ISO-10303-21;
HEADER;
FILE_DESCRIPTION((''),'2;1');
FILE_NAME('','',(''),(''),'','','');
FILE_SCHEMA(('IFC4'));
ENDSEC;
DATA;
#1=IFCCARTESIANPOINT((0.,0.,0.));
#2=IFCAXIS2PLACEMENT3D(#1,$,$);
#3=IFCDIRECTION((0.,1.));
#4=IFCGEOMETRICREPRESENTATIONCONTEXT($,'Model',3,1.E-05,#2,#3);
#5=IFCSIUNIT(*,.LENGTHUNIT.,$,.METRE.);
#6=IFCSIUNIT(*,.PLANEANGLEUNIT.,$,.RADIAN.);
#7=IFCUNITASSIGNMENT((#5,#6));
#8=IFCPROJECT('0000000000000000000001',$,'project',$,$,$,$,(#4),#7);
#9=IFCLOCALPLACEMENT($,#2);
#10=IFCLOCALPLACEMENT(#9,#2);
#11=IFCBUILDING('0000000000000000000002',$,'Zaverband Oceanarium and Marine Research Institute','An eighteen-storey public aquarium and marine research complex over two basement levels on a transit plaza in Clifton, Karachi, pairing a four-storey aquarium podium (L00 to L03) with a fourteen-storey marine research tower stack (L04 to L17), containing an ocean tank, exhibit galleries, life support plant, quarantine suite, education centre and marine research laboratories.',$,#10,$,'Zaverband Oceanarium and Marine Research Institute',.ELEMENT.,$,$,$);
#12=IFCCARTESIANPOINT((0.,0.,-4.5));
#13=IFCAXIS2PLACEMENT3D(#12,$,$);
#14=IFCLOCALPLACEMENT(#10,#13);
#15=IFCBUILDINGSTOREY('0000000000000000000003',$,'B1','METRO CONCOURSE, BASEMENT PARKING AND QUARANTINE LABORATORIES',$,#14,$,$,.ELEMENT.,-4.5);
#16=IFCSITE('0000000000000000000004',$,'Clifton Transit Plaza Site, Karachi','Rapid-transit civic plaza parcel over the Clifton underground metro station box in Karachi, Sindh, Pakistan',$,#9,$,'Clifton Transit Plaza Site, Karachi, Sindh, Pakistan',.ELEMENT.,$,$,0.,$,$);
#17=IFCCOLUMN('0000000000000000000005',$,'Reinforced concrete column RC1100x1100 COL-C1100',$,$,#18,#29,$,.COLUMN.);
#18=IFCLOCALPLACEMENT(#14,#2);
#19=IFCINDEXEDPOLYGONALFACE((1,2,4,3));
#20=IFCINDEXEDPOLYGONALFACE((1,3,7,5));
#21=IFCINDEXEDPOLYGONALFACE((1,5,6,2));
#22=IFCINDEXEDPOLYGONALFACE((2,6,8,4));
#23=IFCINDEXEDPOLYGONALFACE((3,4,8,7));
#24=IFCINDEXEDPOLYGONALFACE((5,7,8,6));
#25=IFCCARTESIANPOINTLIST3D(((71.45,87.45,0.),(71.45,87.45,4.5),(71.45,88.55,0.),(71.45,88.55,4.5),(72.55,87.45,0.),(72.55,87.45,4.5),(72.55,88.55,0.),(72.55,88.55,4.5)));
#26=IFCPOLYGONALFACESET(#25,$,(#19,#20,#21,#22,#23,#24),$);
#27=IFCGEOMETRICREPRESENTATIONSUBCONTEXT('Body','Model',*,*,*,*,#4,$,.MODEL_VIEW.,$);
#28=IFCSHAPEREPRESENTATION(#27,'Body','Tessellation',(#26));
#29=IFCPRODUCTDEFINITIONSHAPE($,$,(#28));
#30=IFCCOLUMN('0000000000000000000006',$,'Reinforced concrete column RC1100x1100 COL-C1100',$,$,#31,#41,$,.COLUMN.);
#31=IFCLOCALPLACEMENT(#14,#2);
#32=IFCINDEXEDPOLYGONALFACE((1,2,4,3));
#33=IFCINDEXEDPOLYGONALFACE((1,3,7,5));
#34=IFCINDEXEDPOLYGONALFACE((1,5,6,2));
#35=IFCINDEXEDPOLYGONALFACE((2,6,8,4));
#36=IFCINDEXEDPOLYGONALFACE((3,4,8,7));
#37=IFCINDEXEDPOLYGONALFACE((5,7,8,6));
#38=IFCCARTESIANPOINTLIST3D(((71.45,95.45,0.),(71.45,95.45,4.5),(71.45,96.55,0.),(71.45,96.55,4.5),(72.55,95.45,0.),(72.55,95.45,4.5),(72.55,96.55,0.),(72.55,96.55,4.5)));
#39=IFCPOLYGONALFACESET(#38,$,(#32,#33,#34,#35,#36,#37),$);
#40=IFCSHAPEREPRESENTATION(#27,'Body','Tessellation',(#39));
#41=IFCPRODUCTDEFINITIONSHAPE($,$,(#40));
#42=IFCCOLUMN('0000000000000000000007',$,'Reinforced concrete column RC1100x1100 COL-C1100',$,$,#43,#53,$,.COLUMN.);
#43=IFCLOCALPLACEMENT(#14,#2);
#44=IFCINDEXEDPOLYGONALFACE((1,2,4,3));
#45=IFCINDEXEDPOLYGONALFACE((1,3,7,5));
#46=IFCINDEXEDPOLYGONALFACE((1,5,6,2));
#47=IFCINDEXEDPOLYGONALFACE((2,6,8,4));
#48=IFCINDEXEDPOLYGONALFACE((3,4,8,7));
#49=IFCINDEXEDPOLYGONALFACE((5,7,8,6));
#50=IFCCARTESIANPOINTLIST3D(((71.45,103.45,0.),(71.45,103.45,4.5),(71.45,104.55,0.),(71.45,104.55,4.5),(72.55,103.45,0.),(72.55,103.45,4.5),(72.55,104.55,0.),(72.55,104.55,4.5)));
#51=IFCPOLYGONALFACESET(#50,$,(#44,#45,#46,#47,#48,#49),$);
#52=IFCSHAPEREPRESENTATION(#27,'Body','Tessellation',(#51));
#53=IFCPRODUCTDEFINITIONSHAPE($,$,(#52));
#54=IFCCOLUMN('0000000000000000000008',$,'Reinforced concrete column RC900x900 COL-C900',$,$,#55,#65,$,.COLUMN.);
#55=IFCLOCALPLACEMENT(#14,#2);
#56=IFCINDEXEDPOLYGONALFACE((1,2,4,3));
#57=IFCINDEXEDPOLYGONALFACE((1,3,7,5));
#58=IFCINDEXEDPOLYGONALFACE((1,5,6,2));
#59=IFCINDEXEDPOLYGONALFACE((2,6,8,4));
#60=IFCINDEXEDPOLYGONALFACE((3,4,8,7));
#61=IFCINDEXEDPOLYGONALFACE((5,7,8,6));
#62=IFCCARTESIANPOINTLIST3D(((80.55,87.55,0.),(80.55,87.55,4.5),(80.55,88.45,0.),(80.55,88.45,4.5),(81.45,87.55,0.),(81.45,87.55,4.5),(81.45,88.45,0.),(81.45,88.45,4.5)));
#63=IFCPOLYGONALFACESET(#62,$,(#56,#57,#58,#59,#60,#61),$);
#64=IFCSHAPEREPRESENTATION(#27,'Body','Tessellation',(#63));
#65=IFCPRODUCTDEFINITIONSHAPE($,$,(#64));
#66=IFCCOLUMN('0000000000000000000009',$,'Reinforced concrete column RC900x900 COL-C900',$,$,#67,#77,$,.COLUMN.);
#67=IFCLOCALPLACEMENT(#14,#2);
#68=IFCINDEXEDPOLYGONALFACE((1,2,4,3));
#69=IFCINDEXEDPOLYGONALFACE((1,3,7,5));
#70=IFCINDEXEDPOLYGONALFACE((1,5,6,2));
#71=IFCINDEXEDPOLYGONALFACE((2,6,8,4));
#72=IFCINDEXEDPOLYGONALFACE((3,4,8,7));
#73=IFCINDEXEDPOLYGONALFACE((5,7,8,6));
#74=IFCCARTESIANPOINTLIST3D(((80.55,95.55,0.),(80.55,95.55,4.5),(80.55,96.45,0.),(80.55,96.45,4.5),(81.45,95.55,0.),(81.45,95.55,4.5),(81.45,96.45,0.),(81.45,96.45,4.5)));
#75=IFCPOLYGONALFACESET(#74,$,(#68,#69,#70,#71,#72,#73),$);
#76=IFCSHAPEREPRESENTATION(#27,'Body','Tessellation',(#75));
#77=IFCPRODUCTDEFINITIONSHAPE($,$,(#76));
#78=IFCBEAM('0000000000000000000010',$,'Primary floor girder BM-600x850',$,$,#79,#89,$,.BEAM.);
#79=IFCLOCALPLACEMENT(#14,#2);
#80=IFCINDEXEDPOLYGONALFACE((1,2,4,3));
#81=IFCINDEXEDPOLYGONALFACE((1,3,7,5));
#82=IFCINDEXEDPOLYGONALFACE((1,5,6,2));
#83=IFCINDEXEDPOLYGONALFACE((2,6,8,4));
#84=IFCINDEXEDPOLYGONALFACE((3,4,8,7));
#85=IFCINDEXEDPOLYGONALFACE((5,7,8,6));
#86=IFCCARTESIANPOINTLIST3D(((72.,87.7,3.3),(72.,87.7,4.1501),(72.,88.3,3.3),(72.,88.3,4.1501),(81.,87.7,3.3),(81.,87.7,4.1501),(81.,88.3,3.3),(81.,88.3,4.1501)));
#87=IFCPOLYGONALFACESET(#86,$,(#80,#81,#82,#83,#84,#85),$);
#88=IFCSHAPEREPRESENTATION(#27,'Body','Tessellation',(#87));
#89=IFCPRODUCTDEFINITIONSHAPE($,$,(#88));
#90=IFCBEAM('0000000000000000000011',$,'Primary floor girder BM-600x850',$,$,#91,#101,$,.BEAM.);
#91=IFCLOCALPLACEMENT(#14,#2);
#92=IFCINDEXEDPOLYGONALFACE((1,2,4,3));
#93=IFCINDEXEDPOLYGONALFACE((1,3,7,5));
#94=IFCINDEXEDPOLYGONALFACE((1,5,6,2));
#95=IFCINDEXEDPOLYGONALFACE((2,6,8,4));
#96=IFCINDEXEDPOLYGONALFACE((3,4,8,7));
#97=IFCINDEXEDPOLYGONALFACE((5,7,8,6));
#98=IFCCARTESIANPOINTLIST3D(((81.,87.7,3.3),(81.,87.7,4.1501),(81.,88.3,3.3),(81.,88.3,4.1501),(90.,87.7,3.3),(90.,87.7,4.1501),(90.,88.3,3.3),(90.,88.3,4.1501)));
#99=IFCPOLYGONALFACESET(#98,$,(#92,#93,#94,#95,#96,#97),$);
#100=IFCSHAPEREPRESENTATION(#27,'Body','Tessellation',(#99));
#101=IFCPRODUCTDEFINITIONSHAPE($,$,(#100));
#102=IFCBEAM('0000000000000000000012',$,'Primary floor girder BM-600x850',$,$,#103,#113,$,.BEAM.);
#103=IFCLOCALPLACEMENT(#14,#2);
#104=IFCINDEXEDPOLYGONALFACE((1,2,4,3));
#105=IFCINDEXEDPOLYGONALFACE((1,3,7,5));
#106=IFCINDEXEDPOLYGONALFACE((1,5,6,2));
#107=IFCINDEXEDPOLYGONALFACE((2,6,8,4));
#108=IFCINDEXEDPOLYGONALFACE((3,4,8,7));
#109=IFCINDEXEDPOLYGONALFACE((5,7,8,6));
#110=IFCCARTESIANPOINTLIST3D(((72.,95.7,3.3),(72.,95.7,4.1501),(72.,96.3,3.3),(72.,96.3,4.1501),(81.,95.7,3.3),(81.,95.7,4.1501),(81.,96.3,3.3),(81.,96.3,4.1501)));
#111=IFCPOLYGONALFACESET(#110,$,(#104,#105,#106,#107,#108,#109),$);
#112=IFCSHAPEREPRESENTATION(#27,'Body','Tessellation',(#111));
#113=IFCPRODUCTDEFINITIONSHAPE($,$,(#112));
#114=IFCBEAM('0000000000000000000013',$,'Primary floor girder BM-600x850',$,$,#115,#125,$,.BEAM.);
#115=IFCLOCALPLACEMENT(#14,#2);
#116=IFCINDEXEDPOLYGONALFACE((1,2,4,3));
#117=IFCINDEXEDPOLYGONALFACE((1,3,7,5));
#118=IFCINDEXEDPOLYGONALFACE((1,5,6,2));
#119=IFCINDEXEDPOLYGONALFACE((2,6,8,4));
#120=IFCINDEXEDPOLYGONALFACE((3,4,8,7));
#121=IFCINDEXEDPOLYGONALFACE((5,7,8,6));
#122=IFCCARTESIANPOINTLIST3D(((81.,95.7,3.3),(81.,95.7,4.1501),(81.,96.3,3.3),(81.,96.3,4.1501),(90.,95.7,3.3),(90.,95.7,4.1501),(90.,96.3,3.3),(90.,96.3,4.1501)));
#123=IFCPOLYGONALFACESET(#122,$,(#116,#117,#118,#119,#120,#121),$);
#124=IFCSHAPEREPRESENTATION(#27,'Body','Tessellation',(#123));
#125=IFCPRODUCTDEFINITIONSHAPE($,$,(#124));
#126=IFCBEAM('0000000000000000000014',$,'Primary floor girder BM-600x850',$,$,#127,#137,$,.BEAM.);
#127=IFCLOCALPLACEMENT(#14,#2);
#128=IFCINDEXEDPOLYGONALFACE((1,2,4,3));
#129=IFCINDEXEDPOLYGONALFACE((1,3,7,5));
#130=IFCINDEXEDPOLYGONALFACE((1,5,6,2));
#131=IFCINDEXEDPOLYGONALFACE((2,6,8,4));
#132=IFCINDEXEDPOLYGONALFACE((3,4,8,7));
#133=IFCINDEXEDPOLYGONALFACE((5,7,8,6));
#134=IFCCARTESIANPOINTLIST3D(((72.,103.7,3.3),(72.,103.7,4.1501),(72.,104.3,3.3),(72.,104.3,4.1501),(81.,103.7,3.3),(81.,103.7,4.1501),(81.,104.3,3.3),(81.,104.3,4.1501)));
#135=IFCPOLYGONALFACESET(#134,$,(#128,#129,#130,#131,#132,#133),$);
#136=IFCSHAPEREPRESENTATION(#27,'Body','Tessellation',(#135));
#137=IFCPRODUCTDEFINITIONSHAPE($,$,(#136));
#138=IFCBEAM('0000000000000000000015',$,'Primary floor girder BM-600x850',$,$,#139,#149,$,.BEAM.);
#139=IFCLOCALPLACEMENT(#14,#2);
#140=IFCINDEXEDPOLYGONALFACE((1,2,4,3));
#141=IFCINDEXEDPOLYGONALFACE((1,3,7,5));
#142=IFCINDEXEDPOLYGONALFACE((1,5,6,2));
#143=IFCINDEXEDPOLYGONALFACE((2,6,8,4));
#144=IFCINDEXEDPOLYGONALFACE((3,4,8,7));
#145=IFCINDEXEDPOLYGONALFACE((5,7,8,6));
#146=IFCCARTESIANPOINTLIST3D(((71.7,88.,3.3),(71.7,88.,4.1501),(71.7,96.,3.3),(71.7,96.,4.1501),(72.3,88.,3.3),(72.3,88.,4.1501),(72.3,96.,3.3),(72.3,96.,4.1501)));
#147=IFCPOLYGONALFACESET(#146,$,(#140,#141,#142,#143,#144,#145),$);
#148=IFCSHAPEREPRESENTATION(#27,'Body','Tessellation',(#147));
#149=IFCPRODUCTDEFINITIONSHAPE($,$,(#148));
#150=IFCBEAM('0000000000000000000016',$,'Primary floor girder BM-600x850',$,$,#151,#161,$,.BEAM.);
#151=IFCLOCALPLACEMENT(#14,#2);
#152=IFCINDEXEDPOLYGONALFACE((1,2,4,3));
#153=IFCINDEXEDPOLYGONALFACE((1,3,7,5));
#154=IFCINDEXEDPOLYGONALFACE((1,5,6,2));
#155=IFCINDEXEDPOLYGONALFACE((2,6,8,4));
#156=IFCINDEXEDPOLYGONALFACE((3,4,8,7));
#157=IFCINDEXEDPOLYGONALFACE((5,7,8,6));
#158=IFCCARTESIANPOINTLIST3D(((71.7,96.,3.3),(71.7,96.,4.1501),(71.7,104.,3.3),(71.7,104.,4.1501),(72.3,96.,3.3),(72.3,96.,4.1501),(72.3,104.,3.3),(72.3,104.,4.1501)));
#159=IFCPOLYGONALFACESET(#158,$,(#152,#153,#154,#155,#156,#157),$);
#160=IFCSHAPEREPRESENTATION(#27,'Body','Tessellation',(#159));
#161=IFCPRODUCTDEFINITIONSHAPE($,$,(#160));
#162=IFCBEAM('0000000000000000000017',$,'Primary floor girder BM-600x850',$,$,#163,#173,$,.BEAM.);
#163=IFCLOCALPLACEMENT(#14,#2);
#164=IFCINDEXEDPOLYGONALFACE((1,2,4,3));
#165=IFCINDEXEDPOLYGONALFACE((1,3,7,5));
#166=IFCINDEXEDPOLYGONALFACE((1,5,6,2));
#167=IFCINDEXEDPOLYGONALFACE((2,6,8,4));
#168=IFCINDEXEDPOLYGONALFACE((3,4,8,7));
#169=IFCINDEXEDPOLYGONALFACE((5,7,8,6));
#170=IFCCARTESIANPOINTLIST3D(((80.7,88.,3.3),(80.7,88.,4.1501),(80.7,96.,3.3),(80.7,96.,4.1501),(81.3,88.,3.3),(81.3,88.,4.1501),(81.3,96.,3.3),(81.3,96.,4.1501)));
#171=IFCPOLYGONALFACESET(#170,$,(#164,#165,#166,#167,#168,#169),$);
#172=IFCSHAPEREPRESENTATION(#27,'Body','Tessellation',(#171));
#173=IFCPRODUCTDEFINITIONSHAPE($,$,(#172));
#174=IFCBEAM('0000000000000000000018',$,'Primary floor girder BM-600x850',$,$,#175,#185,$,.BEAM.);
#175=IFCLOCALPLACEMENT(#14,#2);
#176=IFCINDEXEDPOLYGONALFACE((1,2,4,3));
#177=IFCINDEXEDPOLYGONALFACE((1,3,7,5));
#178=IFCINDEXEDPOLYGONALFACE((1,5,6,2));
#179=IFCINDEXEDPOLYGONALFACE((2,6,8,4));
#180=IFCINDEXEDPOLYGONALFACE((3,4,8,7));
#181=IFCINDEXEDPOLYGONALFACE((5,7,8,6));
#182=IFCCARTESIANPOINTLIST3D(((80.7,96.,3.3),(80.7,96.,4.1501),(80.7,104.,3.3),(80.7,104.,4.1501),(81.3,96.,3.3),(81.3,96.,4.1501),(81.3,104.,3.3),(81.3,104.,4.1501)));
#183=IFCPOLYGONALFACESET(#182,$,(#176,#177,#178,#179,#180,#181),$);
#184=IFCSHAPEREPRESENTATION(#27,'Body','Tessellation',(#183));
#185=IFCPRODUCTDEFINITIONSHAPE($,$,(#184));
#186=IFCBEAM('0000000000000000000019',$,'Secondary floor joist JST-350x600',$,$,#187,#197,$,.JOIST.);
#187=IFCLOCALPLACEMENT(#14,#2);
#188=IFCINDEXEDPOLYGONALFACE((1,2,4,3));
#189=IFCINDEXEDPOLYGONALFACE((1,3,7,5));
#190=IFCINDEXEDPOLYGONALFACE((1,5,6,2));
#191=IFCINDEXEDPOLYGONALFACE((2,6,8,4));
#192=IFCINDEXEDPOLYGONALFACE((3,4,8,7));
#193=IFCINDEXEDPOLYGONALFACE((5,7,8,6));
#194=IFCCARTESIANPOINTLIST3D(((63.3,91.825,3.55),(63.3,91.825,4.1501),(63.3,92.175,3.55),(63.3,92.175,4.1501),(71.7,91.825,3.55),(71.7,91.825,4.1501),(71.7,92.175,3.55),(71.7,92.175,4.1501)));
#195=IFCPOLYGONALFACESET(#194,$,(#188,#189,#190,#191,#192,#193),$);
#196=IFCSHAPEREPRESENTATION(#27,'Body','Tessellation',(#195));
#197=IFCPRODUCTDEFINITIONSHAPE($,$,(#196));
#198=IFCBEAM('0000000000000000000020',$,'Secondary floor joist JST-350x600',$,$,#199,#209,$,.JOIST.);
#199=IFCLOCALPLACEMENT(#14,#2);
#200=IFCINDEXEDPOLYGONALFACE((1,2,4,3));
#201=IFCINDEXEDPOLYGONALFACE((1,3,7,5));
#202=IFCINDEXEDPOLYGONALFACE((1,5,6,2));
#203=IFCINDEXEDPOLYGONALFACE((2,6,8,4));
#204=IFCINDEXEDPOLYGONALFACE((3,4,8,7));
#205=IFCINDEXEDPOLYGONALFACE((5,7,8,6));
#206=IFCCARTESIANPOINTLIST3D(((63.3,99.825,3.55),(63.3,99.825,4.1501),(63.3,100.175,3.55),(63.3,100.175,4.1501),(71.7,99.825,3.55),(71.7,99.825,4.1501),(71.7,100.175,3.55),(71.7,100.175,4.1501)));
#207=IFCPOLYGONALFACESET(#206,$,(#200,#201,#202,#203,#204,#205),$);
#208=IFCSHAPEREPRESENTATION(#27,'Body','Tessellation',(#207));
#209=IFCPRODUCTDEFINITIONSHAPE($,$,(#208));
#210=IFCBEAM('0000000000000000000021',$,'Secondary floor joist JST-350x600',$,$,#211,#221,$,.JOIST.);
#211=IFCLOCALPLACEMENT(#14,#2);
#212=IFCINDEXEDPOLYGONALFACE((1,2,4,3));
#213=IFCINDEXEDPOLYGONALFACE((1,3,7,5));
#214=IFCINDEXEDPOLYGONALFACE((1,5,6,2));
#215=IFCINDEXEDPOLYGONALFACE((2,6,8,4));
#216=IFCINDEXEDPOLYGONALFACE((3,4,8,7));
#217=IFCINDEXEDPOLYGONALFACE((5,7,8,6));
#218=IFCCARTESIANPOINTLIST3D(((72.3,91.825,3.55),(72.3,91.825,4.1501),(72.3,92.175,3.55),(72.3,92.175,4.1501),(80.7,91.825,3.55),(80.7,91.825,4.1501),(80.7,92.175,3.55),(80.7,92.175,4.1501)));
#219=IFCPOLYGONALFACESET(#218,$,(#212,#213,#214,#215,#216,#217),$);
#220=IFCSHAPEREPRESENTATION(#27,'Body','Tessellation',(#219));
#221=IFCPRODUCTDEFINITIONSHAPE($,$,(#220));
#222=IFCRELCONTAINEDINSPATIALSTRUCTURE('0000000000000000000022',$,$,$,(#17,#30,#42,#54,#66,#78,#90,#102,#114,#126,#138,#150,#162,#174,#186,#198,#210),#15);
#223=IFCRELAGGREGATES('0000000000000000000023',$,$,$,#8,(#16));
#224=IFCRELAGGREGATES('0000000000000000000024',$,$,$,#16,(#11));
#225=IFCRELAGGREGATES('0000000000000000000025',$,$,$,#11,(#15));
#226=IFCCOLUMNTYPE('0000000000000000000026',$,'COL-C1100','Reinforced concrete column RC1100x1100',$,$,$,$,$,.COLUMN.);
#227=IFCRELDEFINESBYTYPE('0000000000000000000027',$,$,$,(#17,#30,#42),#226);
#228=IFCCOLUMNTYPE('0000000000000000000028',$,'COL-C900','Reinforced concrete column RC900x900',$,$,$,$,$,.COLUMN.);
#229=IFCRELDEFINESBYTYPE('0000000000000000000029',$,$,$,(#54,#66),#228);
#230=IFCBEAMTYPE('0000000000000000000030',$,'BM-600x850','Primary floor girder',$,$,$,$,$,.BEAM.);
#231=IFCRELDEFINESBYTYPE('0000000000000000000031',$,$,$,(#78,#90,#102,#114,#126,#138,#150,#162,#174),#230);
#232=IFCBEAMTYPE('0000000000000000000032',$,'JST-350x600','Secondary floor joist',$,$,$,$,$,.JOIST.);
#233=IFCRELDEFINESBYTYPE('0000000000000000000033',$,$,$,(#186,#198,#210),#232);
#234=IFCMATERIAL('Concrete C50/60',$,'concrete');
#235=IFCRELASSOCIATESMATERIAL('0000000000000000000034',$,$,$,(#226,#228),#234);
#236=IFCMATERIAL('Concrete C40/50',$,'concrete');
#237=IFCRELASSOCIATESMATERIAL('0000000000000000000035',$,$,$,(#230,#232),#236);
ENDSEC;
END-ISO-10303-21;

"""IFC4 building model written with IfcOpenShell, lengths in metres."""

from ifc_helpers import new_model, si_unit, direction, frame, origin, origin_2d, place, context, subcontext, project, spatial, rectangle, extrude, material, material_profile, profile_set, type_object, element, save


model = new_model("IFC4")

# Units and contexts
model_context = context("Model", 3, precision=1e-05, world=origin(), true_north=direction((0.0, 1.0)))
body_context = subcontext(model_context, "Body", "Model", "MODEL_VIEW")
ifc_project = project(units=[si_unit("LENGTHUNIT", "METRE"), si_unit("PLANEANGLEUNIT", "RADIAN")], contexts=[model_context])

# Site, building, storey
site_placement = place(None, origin())
site = spatial("IfcSite", under=ifc_project, at=site_placement, Name="Clifton Transit Plaza Site, Karachi", Description="Rapid-transit civic plaza parcel over the Clifton underground metro station box in Karachi, Sindh, Pakistan", LongName="Clifton Transit Plaza Site, Karachi, Sindh, Pakistan", CompositionType="ELEMENT", RefElevation=0.0)
building_placement = place(site_placement, origin())
building = spatial("IfcBuilding", under=site, at=building_placement, Name="Zaverband Oceanarium and Marine Research Institute", Description="An eighteen-storey public aquarium and marine research complex over two basement levels on a transit plaza in Clifton, Karachi, pairing a four-storey aquarium podium (L00 to L03) with a fourteen-storey marine research tower stack (L04 to L17), containing an ocean tank, exhibit galleries, life support plant, quarantine suite, education centre and marine research laboratories.", LongName="Zaverband Oceanarium and Marine Research Institute", CompositionType="ELEMENT")
storey_placement = place(building_placement, frame((0.0, 0.0, -4.5)))
storey = spatial("IfcBuildingStorey", under=building, at=storey_placement, Name="B1", Description="METRO CONCOURSE, BASEMENT PARKING AND QUARANTINE LABORATORIES", CompositionType="ELEMENT", Elevation=-4.5)

# Columns
ifc_material_1 = material(Name="Concrete C50/60", Category="concrete")
ifc_material_profile_1 = material_profile(ifc_material_1, rectangle(XDim=1.1001, YDim=1.1001, at=origin_2d()), Name="RC1100x1100")
ifc_profile_set_1 = profile_set([ifc_material_profile_1], Name="Concrete C50/60")
column_type_1 = type_object("IfcColumnType", Name="COL-C1100", Description="Reinforced concrete column RC1100x1100", PredefinedType="COLUMN", material=ifc_profile_set_1)
for number, where, z_axis, x_axis, name in (
    (1, (72.0, 88.0, 0.0), (0.0, 0.0, 1.0), (1.0, 0.0, 0.0), "Reinforced concrete column RC1100x1100 COL-C1100"),
    (2, (72.0, 96.0, 0.0), (0.0, 0.0, 1.0), (1.0, 0.0, 0.0), "Reinforced concrete column RC1100x1100 COL-C1100"),
    (3, (72.0, 104.0, 0.0), (0.0, 0.0, 1.0), (1.0, 0.0, 0.0), "Reinforced concrete column RC1100x1100 COL-C1100"),
):
    element("IfcColumn", number, at=place(storey_placement, frame(where, z_axis=z_axis, x_axis=x_axis)), inside=storey, type_object=column_type_1, Name=name, PredefinedType="COLUMN", context=body_context, shape_type="SweptSolid", body=[
        extrude(rectangle(XDim=1.1001, YDim=1.1001, at=origin_2d()), origin(), (0.0, 0.0, 1.0), 4.5),
    ])
ifc_material_profile_2 = material_profile(ifc_material_1, rectangle(XDim=0.8999, YDim=0.8999, at=origin_2d()), Name="RC900x900")
ifc_profile_set_2 = profile_set([ifc_material_profile_2], Name="Concrete C50/60")
column_type_2 = type_object("IfcColumnType", Name="COL-C900", Description="Reinforced concrete column RC900x900", PredefinedType="COLUMN", material=ifc_profile_set_2)
for number, where, z_axis, x_axis, name in (
    (4, (81.0, 88.0, 0.0), (0.0, 0.0, 1.0), (1.0, 0.0, 0.0), "Reinforced concrete column RC900x900 COL-C900"),
    (5, (81.0, 96.0, 0.0), (0.0, 0.0, 1.0), (1.0, 0.0, 0.0), "Reinforced concrete column RC900x900 COL-C900"),
):
    element("IfcColumn", number, at=place(storey_placement, frame(where, z_axis=z_axis, x_axis=x_axis)), inside=storey, type_object=column_type_2, Name=name, PredefinedType="COLUMN", context=body_context, shape_type="SweptSolid", body=[
        extrude(rectangle(XDim=0.8999, YDim=0.8999, at=origin_2d()), origin(), (0.0, 0.0, 1.0), 4.5),
    ])

# Beams
ifc_material_2 = material(Name="Concrete C40/50", Category="concrete")
ifc_material_profile_3 = material_profile(ifc_material_2, rectangle(XDim=0.6001, YDim=0.8501, at=origin_2d()), Name="RC600x850")
ifc_profile_set_3 = profile_set([ifc_material_profile_3], Name="Concrete C40/50")
beam_type_1 = type_object("IfcBeamType", Name="BM-600x850", Description="Primary floor girder", PredefinedType="BEAM", material=ifc_profile_set_3)
for number, where, z_axis, x_axis, name in (
    (6, (72.0, 88.0, 3.7251), (1.0, 0.0, 0.0), (0.0, 1.0, 0.0), "Primary floor girder BM-600x850"),
    (7, (81.0, 88.0, 3.7251), (1.0, 0.0, 0.0), (0.0, 1.0, 0.0), "Primary floor girder BM-600x850"),
    (8, (72.0, 96.0, 3.7251), (1.0, 0.0, 0.0), (0.0, 1.0, 0.0), "Primary floor girder BM-600x850"),
    (9, (81.0, 96.0, 3.7251), (1.0, 0.0, 0.0), (0.0, 1.0, 0.0), "Primary floor girder BM-600x850"),
    (10, (72.0, 104.0, 3.7251), (1.0, 0.0, 0.0), (0.0, 1.0, 0.0), "Primary floor girder BM-600x850"),
):
    element("IfcBeam", number, at=place(storey_placement, frame(where, z_axis=z_axis, x_axis=x_axis)), inside=storey, type_object=beam_type_1, Name=name, PredefinedType="BEAM", context=body_context, shape_type="SweptSolid", body=[
        extrude(rectangle(XDim=0.6001, YDim=0.8501, at=origin_2d()), origin(), (0.0, 0.0, 1.0), 9.0),
    ])
for number, where, z_axis, x_axis, name in (
    (11, (72.0, 88.0, 3.7251), (0.0, 1.0, 0.0), (-1.0, 0.0, 0.0), "Primary floor girder BM-600x850"),
    (12, (72.0, 96.0, 3.7251), (0.0, 1.0, 0.0), (-1.0, 0.0, 0.0), "Primary floor girder BM-600x850"),
    (13, (81.0, 88.0, 3.7251), (0.0, 1.0, 0.0), (-1.0, 0.0, 0.0), "Primary floor girder BM-600x850"),
    (14, (81.0, 96.0, 3.7251), (0.0, 1.0, 0.0), (-1.0, 0.0, 0.0), "Primary floor girder BM-600x850"),
):
    element("IfcBeam", number, at=place(storey_placement, frame(where, z_axis=z_axis, x_axis=x_axis)), inside=storey, type_object=beam_type_1, Name=name, PredefinedType="BEAM", context=body_context, shape_type="SweptSolid", body=[
        extrude(rectangle(XDim=0.6001, YDim=0.8501, at=origin_2d()), origin(), (0.0, 0.0, 1.0), 8.0),
    ])
ifc_material_profile_4 = material_profile(ifc_material_2, rectangle(XDim=0.3501, YDim=0.6001, at=origin_2d()), Name="RC350x600")
ifc_profile_set_4 = profile_set([ifc_material_profile_4], Name="Concrete C40/50")
beam_type_2 = type_object("IfcBeamType", Name="JST-350x600", Description="Secondary floor joist", PredefinedType="JOIST", material=ifc_profile_set_4)
for number, where, z_axis, x_axis, name in (
    (15, (63.3, 92.0, 3.8501), (1.0, 0.0, 0.0), (0.0, 1.0, 0.0), "Secondary floor joist JST-350x600"),
    (16, (63.3, 100.0, 3.8501), (1.0, 0.0, 0.0), (0.0, 1.0, 0.0), "Secondary floor joist JST-350x600"),
    (17, (72.3, 92.0, 3.8501), (1.0, 0.0, 0.0), (0.0, 1.0, 0.0), "Secondary floor joist JST-350x600"),
):
    element("IfcBeam", number, at=place(storey_placement, frame(where, z_axis=z_axis, x_axis=x_axis)), inside=storey, type_object=beam_type_2, Name=name, PredefinedType="JOIST", context=body_context, shape_type="SweptSolid", body=[
        extrude(rectangle(XDim=0.3501, YDim=0.6001, at=origin_2d()), origin(), (0.0, 0.0, 1.0), 8.3999),
    ])

save(model, "model.ifc")
